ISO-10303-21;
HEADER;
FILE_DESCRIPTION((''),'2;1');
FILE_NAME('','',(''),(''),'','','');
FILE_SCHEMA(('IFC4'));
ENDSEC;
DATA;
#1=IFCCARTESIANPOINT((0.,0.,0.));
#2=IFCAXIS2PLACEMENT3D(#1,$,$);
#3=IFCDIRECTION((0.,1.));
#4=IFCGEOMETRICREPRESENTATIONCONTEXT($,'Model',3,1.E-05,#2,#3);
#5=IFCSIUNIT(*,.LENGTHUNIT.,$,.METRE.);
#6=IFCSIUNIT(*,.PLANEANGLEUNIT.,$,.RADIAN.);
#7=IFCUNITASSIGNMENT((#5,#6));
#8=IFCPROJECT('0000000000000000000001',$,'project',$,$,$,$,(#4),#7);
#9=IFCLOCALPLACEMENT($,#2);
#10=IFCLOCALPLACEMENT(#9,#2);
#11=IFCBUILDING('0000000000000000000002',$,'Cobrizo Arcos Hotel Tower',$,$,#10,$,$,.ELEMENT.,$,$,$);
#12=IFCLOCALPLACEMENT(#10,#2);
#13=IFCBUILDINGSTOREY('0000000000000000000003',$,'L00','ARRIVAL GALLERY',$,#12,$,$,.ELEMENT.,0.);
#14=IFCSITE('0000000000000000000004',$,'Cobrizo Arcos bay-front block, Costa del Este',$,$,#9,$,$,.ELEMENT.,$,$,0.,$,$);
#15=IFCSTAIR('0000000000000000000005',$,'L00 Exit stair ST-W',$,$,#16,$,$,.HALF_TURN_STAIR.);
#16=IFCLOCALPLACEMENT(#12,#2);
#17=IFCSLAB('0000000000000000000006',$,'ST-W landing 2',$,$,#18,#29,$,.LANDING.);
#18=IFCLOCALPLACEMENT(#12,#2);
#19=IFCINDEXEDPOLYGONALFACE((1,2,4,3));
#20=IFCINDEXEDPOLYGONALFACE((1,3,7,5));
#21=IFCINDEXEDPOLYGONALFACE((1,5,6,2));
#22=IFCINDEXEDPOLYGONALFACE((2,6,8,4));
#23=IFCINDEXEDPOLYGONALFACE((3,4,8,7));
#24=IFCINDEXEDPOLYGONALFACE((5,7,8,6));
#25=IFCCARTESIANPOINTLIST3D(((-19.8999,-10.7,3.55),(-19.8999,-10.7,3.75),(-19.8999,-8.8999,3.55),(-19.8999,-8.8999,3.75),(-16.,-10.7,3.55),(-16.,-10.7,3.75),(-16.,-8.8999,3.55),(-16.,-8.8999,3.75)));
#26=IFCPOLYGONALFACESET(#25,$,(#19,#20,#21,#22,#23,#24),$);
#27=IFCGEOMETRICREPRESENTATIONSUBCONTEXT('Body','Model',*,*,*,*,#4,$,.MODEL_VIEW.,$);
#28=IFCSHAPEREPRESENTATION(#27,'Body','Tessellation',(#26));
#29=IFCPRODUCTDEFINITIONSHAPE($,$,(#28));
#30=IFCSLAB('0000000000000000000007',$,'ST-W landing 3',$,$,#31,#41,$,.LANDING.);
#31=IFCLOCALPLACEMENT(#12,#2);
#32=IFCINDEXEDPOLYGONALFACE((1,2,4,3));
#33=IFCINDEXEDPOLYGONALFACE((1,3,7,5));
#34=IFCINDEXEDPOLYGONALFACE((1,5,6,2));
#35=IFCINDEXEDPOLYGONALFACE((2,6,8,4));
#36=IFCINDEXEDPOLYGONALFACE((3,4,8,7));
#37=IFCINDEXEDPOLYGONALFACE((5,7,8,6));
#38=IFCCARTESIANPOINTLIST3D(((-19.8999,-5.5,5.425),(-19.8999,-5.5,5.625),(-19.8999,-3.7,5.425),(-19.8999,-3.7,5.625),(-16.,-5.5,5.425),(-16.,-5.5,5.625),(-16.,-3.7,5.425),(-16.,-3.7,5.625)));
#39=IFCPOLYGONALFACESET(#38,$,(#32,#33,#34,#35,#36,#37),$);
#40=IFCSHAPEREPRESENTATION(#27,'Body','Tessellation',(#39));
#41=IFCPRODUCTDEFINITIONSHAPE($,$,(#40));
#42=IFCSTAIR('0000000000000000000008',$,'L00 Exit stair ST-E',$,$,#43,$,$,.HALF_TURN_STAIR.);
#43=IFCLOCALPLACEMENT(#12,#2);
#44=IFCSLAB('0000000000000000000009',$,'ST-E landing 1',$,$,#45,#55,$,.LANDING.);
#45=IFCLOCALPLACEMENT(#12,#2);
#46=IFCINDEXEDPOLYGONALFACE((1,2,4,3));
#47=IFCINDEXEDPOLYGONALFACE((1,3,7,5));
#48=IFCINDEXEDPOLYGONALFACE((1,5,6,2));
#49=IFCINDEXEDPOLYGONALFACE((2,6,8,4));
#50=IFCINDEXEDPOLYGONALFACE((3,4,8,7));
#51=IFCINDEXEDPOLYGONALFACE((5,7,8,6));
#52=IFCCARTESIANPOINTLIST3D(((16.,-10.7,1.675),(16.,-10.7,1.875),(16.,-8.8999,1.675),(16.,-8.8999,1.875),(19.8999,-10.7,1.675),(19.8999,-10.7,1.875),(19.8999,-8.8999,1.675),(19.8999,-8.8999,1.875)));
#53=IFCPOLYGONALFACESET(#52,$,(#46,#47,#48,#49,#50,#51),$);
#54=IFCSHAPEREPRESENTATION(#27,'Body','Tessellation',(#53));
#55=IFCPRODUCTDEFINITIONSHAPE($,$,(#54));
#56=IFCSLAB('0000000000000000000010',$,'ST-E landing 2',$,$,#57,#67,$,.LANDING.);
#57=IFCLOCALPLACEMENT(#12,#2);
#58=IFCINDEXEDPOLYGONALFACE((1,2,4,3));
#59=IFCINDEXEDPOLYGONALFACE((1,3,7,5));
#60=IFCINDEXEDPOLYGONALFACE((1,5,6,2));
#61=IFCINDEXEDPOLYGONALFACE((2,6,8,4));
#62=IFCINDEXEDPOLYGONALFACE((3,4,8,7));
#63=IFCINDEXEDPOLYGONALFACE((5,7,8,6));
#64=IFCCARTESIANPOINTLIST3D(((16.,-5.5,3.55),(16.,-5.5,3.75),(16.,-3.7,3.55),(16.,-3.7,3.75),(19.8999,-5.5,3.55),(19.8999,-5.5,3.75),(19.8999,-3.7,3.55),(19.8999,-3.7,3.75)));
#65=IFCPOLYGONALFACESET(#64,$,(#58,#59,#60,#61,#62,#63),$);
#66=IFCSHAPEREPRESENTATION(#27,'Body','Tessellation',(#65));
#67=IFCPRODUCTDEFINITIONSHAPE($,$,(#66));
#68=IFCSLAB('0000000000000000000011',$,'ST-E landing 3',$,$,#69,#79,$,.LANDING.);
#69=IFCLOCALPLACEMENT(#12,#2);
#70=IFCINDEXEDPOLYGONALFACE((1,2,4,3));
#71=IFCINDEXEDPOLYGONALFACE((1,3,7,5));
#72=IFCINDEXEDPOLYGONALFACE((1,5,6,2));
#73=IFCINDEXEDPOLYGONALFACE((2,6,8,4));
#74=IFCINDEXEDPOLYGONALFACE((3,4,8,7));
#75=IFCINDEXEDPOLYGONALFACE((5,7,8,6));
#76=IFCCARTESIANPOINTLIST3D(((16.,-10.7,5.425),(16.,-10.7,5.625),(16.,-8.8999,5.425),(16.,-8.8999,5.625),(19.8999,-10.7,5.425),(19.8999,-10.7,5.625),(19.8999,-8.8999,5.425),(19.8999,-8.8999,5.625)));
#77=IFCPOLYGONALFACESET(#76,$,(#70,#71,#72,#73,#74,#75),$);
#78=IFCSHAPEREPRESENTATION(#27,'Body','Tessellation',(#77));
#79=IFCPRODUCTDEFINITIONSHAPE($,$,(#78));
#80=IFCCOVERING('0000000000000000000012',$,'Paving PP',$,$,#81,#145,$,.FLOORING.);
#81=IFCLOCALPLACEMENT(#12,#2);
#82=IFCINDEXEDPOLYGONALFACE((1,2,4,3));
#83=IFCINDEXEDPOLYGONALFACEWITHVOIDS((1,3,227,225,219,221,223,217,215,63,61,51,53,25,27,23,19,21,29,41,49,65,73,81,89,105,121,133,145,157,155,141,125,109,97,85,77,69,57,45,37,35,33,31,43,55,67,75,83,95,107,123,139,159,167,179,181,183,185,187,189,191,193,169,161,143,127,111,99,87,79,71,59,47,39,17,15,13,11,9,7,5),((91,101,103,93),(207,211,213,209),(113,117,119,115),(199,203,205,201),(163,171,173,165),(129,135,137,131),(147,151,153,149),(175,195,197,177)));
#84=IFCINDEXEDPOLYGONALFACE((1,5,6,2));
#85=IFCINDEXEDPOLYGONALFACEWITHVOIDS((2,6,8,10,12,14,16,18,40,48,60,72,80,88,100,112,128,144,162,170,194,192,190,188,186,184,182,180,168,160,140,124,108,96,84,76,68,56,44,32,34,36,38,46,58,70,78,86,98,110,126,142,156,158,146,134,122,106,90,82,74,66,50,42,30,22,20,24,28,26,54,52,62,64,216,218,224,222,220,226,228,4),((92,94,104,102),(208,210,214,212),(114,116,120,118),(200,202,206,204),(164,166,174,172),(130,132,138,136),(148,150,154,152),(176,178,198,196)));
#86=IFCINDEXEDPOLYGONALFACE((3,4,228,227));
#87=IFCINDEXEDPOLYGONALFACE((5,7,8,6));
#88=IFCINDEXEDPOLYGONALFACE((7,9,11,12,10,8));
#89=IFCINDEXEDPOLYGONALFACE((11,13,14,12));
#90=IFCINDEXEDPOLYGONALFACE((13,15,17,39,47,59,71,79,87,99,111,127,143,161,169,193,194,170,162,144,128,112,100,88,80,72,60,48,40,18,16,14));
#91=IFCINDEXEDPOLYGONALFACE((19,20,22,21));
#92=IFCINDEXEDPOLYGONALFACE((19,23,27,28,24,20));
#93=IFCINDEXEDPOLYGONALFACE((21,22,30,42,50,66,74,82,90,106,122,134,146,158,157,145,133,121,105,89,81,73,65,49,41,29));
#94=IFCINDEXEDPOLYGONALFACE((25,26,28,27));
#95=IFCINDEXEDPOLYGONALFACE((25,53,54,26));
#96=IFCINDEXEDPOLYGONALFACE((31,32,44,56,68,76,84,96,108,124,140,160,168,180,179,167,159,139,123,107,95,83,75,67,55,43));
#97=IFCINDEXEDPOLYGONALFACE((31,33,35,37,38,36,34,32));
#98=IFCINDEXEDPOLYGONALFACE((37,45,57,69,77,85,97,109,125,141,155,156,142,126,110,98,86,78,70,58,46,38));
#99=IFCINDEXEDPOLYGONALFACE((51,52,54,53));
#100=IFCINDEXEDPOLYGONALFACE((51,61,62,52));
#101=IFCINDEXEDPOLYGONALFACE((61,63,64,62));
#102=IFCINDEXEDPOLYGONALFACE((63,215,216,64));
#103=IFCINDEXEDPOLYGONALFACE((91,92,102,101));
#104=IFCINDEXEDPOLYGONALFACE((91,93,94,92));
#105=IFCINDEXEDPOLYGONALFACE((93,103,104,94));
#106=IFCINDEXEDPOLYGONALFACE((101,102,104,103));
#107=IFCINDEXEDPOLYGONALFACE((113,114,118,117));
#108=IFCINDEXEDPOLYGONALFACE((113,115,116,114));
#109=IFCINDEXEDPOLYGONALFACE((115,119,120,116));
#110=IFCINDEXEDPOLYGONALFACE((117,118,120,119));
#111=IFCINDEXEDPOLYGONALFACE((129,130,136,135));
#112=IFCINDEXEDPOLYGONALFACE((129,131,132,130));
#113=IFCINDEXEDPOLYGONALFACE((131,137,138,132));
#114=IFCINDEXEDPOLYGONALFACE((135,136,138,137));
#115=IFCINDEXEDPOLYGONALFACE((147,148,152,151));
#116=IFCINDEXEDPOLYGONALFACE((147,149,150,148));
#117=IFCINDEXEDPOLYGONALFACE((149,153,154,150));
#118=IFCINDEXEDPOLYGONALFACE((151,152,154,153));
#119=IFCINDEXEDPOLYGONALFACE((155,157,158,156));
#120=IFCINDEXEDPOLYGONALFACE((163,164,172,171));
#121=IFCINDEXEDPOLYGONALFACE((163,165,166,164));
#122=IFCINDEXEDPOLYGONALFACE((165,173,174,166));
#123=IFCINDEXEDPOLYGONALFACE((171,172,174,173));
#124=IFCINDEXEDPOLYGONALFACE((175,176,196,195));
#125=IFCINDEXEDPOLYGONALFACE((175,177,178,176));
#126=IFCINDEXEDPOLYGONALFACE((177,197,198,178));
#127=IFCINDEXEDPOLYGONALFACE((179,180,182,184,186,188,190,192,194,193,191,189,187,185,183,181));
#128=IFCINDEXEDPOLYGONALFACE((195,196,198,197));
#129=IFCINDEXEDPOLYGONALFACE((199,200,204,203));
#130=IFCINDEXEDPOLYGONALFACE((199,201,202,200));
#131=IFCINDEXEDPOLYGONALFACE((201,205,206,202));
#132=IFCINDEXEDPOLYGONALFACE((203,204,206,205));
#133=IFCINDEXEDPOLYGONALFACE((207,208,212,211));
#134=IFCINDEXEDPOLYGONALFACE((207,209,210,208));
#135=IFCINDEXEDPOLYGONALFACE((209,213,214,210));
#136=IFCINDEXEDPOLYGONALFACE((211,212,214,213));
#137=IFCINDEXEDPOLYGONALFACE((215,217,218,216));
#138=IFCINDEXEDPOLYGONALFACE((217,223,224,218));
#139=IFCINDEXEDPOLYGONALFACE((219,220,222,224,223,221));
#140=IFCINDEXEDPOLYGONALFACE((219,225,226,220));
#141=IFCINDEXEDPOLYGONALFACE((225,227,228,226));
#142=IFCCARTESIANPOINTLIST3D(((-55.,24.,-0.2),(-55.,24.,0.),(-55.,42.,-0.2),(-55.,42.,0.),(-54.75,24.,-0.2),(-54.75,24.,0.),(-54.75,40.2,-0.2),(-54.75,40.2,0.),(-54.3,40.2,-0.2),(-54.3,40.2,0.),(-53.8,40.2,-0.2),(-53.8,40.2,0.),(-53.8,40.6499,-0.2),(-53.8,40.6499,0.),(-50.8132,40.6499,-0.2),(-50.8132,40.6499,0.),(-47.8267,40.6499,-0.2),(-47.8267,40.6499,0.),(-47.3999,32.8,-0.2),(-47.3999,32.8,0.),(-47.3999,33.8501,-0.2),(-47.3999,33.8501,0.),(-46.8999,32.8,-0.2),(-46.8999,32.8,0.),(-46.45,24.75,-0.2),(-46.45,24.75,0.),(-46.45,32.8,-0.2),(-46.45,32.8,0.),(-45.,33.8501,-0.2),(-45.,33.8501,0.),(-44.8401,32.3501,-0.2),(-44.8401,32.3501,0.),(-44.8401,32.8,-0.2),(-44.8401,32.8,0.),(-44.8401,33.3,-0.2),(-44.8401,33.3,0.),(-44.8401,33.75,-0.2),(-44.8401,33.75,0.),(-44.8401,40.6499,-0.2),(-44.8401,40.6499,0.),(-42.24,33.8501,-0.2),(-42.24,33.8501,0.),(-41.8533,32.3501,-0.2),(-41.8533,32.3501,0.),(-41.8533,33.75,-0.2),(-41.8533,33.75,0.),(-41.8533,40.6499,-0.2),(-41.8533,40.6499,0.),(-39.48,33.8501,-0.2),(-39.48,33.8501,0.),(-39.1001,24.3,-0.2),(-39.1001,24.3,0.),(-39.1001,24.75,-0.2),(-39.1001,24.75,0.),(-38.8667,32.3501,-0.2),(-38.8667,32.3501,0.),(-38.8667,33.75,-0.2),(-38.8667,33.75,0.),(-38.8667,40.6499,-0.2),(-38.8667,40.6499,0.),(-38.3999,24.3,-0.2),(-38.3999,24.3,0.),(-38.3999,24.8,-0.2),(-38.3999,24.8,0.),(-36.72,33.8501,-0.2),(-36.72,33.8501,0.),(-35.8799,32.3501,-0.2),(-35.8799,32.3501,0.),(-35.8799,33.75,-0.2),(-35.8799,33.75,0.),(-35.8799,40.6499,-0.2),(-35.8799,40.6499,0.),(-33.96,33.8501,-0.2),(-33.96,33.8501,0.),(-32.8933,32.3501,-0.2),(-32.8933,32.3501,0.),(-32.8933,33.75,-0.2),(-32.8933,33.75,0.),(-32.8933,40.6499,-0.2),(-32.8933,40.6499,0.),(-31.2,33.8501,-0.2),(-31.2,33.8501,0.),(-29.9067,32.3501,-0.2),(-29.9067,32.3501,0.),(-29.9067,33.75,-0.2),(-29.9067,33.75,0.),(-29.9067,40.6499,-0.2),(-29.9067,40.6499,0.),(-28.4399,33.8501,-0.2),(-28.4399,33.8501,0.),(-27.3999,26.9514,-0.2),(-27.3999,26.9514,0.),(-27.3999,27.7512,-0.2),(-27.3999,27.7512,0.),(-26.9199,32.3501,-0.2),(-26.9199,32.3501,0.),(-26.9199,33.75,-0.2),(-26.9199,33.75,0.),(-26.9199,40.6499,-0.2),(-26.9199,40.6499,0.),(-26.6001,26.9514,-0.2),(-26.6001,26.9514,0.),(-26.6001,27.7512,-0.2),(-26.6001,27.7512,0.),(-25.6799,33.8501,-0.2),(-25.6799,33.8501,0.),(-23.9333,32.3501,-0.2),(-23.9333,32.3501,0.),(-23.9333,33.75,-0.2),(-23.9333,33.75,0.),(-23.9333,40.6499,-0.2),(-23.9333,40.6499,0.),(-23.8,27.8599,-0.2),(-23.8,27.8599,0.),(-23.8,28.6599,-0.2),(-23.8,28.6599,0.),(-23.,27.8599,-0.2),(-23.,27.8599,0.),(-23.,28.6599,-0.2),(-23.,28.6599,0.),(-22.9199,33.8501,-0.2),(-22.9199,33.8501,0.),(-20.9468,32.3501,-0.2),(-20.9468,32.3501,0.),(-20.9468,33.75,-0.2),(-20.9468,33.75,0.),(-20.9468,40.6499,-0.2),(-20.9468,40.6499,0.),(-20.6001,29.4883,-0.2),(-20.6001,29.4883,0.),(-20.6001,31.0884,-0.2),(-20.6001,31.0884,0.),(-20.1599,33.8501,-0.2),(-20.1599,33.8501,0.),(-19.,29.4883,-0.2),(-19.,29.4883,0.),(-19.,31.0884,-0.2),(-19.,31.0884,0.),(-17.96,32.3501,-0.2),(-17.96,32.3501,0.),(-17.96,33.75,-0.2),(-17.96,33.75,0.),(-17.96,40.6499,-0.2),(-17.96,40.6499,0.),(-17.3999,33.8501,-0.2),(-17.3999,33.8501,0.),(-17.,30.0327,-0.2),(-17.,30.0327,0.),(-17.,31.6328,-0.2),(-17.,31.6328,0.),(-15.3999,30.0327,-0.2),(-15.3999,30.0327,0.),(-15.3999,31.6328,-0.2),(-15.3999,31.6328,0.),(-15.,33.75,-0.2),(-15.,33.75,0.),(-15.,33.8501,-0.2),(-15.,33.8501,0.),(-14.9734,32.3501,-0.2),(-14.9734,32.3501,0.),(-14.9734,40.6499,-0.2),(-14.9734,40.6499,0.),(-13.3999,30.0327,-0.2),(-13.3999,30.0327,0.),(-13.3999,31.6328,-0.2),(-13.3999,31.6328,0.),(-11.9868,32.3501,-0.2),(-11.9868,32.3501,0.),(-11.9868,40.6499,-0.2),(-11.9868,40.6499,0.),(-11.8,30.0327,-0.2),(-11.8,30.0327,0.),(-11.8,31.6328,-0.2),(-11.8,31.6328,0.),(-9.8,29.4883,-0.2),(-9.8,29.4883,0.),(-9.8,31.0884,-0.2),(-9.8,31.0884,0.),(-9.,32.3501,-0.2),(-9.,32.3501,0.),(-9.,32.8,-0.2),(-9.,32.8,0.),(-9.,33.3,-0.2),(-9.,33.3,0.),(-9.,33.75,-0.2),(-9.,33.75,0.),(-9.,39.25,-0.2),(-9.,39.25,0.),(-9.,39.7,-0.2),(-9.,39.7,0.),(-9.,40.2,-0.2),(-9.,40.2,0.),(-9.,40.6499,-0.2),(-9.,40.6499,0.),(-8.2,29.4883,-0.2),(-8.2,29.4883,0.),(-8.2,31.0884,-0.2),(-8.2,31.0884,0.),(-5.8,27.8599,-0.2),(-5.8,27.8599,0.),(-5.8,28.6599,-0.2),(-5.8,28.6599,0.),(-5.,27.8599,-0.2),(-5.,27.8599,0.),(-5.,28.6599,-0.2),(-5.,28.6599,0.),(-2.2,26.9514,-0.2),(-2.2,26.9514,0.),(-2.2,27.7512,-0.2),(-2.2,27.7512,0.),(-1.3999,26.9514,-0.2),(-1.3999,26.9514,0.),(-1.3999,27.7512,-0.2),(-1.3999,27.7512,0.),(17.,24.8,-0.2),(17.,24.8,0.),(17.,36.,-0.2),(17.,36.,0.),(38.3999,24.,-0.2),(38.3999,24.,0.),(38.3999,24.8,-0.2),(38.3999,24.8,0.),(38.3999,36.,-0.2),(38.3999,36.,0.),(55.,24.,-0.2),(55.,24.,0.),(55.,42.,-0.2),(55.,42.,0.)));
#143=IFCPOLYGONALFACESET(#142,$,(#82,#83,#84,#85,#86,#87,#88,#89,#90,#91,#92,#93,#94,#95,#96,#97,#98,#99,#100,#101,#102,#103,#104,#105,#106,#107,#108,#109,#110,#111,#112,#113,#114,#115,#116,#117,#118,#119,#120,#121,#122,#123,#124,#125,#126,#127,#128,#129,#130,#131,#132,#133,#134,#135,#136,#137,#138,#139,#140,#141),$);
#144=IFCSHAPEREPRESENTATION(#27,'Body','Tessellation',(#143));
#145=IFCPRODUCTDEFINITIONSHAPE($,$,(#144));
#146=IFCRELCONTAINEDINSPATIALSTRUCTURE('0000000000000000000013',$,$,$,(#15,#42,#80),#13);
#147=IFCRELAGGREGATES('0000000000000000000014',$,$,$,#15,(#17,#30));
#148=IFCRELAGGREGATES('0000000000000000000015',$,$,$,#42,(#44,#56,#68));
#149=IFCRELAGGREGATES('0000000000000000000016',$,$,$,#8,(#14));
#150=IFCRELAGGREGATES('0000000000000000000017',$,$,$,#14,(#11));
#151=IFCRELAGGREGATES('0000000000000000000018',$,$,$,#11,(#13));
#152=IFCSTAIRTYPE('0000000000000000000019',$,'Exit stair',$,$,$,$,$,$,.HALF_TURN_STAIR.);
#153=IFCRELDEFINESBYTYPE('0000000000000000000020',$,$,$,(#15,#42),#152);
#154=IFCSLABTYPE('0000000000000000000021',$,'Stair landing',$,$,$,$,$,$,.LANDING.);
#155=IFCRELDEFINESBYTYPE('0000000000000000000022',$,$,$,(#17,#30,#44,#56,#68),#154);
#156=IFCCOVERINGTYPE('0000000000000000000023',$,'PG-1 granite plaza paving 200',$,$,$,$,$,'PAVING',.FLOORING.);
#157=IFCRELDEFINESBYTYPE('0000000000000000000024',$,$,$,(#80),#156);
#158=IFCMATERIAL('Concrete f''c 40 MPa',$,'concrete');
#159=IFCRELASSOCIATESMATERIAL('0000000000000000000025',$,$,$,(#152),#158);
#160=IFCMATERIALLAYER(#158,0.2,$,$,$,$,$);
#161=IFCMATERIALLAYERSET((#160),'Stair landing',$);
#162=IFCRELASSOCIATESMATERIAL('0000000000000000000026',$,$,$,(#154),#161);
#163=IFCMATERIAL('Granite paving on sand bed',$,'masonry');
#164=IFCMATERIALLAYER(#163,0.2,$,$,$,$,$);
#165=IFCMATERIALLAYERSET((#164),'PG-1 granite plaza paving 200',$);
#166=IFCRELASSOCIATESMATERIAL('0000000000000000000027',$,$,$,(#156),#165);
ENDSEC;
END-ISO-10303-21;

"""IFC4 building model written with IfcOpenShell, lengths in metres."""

from ifc_helpers import new_model, si_unit, direction, frame, origin, place, context, subcontext, project, spatial, polyline, outline, extrude, material, layer, layer_set, type_object, element, aggregate, save


model = new_model("IFC4")

# Units and contexts
model_context = context("Model", 3, precision=1e-05, world=origin(), true_north=direction((0.0, 1.0)))
body_context = subcontext(model_context, "Body", "Model", "MODEL_VIEW")
ifc_project = project(units=[si_unit("LENGTHUNIT", "METRE"), si_unit("PLANEANGLEUNIT", "RADIAN")], contexts=[model_context])

# Site, building, storey
site_placement = place(None, origin())
site = spatial("IfcSite", under=ifc_project, at=site_placement, Name="Cobrizo Arcos bay-front block, Costa del Este", CompositionType="ELEMENT", RefElevation=0.0)
building_placement = place(site_placement, origin())
building = spatial("IfcBuilding", under=site, at=building_placement, Name="Cobrizo Arcos Hotel Tower", CompositionType="ELEMENT")
storey_placement = place(building_placement, origin())
storey = spatial("IfcBuildingStorey", under=building, at=storey_placement, Name="L00", Description="ARRIVAL GALLERY", CompositionType="ELEMENT", Elevation=0.0)

# Stairs, slabs
ifc_material_1 = material(Name="Concrete f'c 40 MPa", Category="concrete")
stair_type = type_object("IfcStairType", Name="Exit stair", PredefinedType="HALF_TURN_STAIR", material=ifc_material_1)
stair_1_placement = place(storey_placement, origin())
stair_1 = element("IfcStair", 1, at=stair_1_placement, inside=storey, type_object=stair_type, Name="L00 Exit stair ST-W", PredefinedType="HALF_TURN_STAIR")
ifc_layer_1 = layer(ifc_material_1, 0.2)
ifc_layer_set_1 = layer_set([ifc_layer_1], Name="Stair landing")
slab_type_1 = type_object("IfcSlabType", Name="Stair landing", PredefinedType="LANDING", material=ifc_layer_set_1)
slab_1_placement = place(storey_placement, frame((0.0, 0.0, 3.55)))
slab_1 = element("IfcSlab", 2, at=slab_1_placement, type_object=slab_type_1, Name="ST-W landing 2", PredefinedType="LANDING", context=body_context, shape_type="SweptSolid", body=[
    extrude(outline(polyline([(-16.0, -10.7), (-16.0, -8.8999), (-19.8999, -8.8999), (-19.8999, -10.7), (-16.0, -10.7)])), origin(), (0.0, 0.0, 1.0), 0.2),
])
slab_2_placement = place(storey_placement, frame((0.0, 0.0, 5.425)))
slab_2 = element("IfcSlab", 3, at=slab_2_placement, type_object=slab_type_1, Name="ST-W landing 3", PredefinedType="LANDING", context=body_context, shape_type="SweptSolid", body=[
    extrude(outline(polyline([(-16.0, -5.5), (-16.0, -3.7), (-19.8999, -3.7), (-19.8999, -5.5), (-16.0, -5.5)])), origin(), (0.0, 0.0, 1.0), 0.2),
])
aggregate(stair_1, [slab_1, slab_2])
stair_2_placement = place(storey_placement, origin())
stair_2 = element("IfcStair", 4, at=stair_2_placement, inside=storey, type_object=stair_type, Name="L00 Exit stair ST-E", PredefinedType="HALF_TURN_STAIR")
slab_3_placement = place(storey_placement, frame((0.0, 0.0, 1.675)))
slab_3 = element("IfcSlab", 5, at=slab_3_placement, type_object=slab_type_1, Name="ST-E landing 1", PredefinedType="LANDING", context=body_context, shape_type="SweptSolid", body=[
    extrude(outline(polyline([(16.0, -8.8999), (16.0, -10.7), (19.8999, -10.7), (19.8999, -8.8999), (16.0, -8.8999)])), origin(), (0.0, 0.0, 1.0), 0.2),
])
slab_4_placement = place(storey_placement, frame((0.0, 0.0, 3.55)))
slab_4 = element("IfcSlab", 6, at=slab_4_placement, type_object=slab_type_1, Name="ST-E landing 2", PredefinedType="LANDING", context=body_context, shape_type="SweptSolid", body=[
    extrude(outline(polyline([(16.0, -3.7), (16.0, -5.5), (19.8999, -5.5), (19.8999, -3.7), (16.0, -3.7)])), origin(), (0.0, 0.0, 1.0), 0.2),
])
slab_5_placement = place(storey_placement, frame((0.0, 0.0, 5.425)))
slab_5 = element("IfcSlab", 7, at=slab_5_placement, type_object=slab_type_1, Name="ST-E landing 3", PredefinedType="LANDING", context=body_context, shape_type="SweptSolid", body=[
    extrude(outline(polyline([(16.0, -8.8999), (16.0, -10.7), (19.8999, -10.7), (19.8999, -8.8999), (16.0, -8.8999)])), origin(), (0.0, 0.0, 1.0), 0.2),
])
aggregate(stair_2, [slab_3, slab_4, slab_5])

# Covering
ifc_material_2 = material(Name="Granite paving on sand bed", Category="masonry")
ifc_layer_2 = layer(ifc_material_2, 0.2)
ifc_layer_set_2 = layer_set([ifc_layer_2], Name="PG-1 granite plaza paving 200")
covering_type_1 = type_object("IfcCoveringType", Name="PG-1 granite plaza paving 200", ElementType="PAVING", PredefinedType="FLOORING", material=ifc_layer_set_2)
covering_1_placement = place(storey_placement, frame((0.0, 0.0, -0.2)))
element("IfcCovering", 8, at=covering_1_placement, inside=storey, type_object=covering_type_1, Name="Paving PP", PredefinedType="FLOORING", context=body_context, shape_type="SweptSolid", body=[
    extrude(outline(polyline([(-55.0, 42.0), (55.0, 42.0), (55.0, 24.0), (38.3999, 24.0), (38.3999, 24.8), (38.3999, 36.0), (17.0, 36.0), (17.0, 24.8), (-38.3999, 24.8), (-38.3999, 24.3), (-39.1001, 24.3), (-39.1001, 24.75), (-46.45, 24.75), (-46.45, 32.8), (-46.8999, 32.8), (-47.3999, 32.8), (-47.3999, 33.8501), (-45.0, 33.8501), (-42.24, 33.8501), (-39.48, 33.8501), (-36.72, 33.8501), (-33.96, 33.8501), (-31.2, 33.8501), (-28.4399, 33.8501), (-25.6799, 33.8501), (-22.9199, 33.8501), (-20.1599, 33.8501), (-17.3999, 33.8501), (-15.0, 33.8501), (-15.0, 33.75), (-17.96, 33.75), (-20.9468, 33.75), (-23.9333, 33.75), (-26.9199, 33.75), (-29.9067, 33.75), (-32.8933, 33.75), (-35.8799, 33.75), (-38.8667, 33.75), (-41.8533, 33.75), (-44.8401, 33.75), (-44.8401, 33.3), (-44.8401, 32.8), (-44.8401, 32.3501), (-41.8533, 32.3501), (-38.8667, 32.3501), (-35.8799, 32.3501), (-32.8933, 32.3501), (-29.9067, 32.3501), (-26.9199, 32.3501), (-23.9333, 32.3501), (-20.9468, 32.3501), (-17.96, 32.3501), (-14.9734, 32.3501), (-11.9868, 32.3501), (-9.0, 32.3501), (-9.0, 32.8), (-9.0, 33.3), (-9.0, 33.75), (-9.0, 39.25), (-9.0, 39.7), (-9.0, 40.2), (-9.0, 40.6499), (-11.9868, 40.6499), (-14.9734, 40.6499), (-17.96, 40.6499), (-20.9468, 40.6499), (-23.9333, 40.6499), (-26.9199, 40.6499), (-29.9067, 40.6499), (-32.8933, 40.6499), (-35.8799, 40.6499), (-38.8667, 40.6499), (-41.8533, 40.6499), (-44.8401, 40.6499), (-47.8267, 40.6499), (-50.8132, 40.6499), (-53.8, 40.6499), (-53.8, 40.2), (-54.3, 40.2), (-54.75, 40.2), (-54.75, 24.0), (-55.0, 24.0), (-55.0, 42.0)]), holes=[polyline([(-27.3999, 27.7512), (-27.3999, 26.9514), (-26.6001, 26.9514), (-26.6001, 27.7512), (-27.3999, 27.7512)]), polyline([(-23.8, 27.8599), (-23.0, 27.8599), (-23.0, 28.6599), (-23.8, 28.6599), (-23.8, 27.8599)]), polyline([(-20.6001, 29.4883), (-19.0, 29.4883), (-19.0, 31.0884), (-20.6001, 31.0884), (-20.6001, 29.4883)]), polyline([(-9.8, 29.4883), (-8.2, 29.4883), (-8.2, 31.0884), (-9.8, 31.0884), (-9.8, 29.4883)]), polyline([(-17.0, 31.6328), (-17.0, 30.0327), (-15.3999, 30.0327), (-15.3999, 31.6328), (-17.0, 31.6328)]), polyline([(-13.3999, 31.6328), (-13.3999, 30.0327), (-11.8, 30.0327), (-11.8, 31.6328), (-13.3999, 31.6328)]), polyline([(-2.2, 27.7512), (-2.2, 26.9514), (-1.3999, 26.9514), (-1.3999, 27.7512), (-2.2, 27.7512)]), polyline([(-5.8, 28.6599), (-5.8, 27.8599), (-5.0, 27.8599), (-5.0, 28.6599), (-5.8, 28.6599)])]), origin(), (0.0, 0.0, 1.0), 0.2),
])

save(model, "model.ifc")
